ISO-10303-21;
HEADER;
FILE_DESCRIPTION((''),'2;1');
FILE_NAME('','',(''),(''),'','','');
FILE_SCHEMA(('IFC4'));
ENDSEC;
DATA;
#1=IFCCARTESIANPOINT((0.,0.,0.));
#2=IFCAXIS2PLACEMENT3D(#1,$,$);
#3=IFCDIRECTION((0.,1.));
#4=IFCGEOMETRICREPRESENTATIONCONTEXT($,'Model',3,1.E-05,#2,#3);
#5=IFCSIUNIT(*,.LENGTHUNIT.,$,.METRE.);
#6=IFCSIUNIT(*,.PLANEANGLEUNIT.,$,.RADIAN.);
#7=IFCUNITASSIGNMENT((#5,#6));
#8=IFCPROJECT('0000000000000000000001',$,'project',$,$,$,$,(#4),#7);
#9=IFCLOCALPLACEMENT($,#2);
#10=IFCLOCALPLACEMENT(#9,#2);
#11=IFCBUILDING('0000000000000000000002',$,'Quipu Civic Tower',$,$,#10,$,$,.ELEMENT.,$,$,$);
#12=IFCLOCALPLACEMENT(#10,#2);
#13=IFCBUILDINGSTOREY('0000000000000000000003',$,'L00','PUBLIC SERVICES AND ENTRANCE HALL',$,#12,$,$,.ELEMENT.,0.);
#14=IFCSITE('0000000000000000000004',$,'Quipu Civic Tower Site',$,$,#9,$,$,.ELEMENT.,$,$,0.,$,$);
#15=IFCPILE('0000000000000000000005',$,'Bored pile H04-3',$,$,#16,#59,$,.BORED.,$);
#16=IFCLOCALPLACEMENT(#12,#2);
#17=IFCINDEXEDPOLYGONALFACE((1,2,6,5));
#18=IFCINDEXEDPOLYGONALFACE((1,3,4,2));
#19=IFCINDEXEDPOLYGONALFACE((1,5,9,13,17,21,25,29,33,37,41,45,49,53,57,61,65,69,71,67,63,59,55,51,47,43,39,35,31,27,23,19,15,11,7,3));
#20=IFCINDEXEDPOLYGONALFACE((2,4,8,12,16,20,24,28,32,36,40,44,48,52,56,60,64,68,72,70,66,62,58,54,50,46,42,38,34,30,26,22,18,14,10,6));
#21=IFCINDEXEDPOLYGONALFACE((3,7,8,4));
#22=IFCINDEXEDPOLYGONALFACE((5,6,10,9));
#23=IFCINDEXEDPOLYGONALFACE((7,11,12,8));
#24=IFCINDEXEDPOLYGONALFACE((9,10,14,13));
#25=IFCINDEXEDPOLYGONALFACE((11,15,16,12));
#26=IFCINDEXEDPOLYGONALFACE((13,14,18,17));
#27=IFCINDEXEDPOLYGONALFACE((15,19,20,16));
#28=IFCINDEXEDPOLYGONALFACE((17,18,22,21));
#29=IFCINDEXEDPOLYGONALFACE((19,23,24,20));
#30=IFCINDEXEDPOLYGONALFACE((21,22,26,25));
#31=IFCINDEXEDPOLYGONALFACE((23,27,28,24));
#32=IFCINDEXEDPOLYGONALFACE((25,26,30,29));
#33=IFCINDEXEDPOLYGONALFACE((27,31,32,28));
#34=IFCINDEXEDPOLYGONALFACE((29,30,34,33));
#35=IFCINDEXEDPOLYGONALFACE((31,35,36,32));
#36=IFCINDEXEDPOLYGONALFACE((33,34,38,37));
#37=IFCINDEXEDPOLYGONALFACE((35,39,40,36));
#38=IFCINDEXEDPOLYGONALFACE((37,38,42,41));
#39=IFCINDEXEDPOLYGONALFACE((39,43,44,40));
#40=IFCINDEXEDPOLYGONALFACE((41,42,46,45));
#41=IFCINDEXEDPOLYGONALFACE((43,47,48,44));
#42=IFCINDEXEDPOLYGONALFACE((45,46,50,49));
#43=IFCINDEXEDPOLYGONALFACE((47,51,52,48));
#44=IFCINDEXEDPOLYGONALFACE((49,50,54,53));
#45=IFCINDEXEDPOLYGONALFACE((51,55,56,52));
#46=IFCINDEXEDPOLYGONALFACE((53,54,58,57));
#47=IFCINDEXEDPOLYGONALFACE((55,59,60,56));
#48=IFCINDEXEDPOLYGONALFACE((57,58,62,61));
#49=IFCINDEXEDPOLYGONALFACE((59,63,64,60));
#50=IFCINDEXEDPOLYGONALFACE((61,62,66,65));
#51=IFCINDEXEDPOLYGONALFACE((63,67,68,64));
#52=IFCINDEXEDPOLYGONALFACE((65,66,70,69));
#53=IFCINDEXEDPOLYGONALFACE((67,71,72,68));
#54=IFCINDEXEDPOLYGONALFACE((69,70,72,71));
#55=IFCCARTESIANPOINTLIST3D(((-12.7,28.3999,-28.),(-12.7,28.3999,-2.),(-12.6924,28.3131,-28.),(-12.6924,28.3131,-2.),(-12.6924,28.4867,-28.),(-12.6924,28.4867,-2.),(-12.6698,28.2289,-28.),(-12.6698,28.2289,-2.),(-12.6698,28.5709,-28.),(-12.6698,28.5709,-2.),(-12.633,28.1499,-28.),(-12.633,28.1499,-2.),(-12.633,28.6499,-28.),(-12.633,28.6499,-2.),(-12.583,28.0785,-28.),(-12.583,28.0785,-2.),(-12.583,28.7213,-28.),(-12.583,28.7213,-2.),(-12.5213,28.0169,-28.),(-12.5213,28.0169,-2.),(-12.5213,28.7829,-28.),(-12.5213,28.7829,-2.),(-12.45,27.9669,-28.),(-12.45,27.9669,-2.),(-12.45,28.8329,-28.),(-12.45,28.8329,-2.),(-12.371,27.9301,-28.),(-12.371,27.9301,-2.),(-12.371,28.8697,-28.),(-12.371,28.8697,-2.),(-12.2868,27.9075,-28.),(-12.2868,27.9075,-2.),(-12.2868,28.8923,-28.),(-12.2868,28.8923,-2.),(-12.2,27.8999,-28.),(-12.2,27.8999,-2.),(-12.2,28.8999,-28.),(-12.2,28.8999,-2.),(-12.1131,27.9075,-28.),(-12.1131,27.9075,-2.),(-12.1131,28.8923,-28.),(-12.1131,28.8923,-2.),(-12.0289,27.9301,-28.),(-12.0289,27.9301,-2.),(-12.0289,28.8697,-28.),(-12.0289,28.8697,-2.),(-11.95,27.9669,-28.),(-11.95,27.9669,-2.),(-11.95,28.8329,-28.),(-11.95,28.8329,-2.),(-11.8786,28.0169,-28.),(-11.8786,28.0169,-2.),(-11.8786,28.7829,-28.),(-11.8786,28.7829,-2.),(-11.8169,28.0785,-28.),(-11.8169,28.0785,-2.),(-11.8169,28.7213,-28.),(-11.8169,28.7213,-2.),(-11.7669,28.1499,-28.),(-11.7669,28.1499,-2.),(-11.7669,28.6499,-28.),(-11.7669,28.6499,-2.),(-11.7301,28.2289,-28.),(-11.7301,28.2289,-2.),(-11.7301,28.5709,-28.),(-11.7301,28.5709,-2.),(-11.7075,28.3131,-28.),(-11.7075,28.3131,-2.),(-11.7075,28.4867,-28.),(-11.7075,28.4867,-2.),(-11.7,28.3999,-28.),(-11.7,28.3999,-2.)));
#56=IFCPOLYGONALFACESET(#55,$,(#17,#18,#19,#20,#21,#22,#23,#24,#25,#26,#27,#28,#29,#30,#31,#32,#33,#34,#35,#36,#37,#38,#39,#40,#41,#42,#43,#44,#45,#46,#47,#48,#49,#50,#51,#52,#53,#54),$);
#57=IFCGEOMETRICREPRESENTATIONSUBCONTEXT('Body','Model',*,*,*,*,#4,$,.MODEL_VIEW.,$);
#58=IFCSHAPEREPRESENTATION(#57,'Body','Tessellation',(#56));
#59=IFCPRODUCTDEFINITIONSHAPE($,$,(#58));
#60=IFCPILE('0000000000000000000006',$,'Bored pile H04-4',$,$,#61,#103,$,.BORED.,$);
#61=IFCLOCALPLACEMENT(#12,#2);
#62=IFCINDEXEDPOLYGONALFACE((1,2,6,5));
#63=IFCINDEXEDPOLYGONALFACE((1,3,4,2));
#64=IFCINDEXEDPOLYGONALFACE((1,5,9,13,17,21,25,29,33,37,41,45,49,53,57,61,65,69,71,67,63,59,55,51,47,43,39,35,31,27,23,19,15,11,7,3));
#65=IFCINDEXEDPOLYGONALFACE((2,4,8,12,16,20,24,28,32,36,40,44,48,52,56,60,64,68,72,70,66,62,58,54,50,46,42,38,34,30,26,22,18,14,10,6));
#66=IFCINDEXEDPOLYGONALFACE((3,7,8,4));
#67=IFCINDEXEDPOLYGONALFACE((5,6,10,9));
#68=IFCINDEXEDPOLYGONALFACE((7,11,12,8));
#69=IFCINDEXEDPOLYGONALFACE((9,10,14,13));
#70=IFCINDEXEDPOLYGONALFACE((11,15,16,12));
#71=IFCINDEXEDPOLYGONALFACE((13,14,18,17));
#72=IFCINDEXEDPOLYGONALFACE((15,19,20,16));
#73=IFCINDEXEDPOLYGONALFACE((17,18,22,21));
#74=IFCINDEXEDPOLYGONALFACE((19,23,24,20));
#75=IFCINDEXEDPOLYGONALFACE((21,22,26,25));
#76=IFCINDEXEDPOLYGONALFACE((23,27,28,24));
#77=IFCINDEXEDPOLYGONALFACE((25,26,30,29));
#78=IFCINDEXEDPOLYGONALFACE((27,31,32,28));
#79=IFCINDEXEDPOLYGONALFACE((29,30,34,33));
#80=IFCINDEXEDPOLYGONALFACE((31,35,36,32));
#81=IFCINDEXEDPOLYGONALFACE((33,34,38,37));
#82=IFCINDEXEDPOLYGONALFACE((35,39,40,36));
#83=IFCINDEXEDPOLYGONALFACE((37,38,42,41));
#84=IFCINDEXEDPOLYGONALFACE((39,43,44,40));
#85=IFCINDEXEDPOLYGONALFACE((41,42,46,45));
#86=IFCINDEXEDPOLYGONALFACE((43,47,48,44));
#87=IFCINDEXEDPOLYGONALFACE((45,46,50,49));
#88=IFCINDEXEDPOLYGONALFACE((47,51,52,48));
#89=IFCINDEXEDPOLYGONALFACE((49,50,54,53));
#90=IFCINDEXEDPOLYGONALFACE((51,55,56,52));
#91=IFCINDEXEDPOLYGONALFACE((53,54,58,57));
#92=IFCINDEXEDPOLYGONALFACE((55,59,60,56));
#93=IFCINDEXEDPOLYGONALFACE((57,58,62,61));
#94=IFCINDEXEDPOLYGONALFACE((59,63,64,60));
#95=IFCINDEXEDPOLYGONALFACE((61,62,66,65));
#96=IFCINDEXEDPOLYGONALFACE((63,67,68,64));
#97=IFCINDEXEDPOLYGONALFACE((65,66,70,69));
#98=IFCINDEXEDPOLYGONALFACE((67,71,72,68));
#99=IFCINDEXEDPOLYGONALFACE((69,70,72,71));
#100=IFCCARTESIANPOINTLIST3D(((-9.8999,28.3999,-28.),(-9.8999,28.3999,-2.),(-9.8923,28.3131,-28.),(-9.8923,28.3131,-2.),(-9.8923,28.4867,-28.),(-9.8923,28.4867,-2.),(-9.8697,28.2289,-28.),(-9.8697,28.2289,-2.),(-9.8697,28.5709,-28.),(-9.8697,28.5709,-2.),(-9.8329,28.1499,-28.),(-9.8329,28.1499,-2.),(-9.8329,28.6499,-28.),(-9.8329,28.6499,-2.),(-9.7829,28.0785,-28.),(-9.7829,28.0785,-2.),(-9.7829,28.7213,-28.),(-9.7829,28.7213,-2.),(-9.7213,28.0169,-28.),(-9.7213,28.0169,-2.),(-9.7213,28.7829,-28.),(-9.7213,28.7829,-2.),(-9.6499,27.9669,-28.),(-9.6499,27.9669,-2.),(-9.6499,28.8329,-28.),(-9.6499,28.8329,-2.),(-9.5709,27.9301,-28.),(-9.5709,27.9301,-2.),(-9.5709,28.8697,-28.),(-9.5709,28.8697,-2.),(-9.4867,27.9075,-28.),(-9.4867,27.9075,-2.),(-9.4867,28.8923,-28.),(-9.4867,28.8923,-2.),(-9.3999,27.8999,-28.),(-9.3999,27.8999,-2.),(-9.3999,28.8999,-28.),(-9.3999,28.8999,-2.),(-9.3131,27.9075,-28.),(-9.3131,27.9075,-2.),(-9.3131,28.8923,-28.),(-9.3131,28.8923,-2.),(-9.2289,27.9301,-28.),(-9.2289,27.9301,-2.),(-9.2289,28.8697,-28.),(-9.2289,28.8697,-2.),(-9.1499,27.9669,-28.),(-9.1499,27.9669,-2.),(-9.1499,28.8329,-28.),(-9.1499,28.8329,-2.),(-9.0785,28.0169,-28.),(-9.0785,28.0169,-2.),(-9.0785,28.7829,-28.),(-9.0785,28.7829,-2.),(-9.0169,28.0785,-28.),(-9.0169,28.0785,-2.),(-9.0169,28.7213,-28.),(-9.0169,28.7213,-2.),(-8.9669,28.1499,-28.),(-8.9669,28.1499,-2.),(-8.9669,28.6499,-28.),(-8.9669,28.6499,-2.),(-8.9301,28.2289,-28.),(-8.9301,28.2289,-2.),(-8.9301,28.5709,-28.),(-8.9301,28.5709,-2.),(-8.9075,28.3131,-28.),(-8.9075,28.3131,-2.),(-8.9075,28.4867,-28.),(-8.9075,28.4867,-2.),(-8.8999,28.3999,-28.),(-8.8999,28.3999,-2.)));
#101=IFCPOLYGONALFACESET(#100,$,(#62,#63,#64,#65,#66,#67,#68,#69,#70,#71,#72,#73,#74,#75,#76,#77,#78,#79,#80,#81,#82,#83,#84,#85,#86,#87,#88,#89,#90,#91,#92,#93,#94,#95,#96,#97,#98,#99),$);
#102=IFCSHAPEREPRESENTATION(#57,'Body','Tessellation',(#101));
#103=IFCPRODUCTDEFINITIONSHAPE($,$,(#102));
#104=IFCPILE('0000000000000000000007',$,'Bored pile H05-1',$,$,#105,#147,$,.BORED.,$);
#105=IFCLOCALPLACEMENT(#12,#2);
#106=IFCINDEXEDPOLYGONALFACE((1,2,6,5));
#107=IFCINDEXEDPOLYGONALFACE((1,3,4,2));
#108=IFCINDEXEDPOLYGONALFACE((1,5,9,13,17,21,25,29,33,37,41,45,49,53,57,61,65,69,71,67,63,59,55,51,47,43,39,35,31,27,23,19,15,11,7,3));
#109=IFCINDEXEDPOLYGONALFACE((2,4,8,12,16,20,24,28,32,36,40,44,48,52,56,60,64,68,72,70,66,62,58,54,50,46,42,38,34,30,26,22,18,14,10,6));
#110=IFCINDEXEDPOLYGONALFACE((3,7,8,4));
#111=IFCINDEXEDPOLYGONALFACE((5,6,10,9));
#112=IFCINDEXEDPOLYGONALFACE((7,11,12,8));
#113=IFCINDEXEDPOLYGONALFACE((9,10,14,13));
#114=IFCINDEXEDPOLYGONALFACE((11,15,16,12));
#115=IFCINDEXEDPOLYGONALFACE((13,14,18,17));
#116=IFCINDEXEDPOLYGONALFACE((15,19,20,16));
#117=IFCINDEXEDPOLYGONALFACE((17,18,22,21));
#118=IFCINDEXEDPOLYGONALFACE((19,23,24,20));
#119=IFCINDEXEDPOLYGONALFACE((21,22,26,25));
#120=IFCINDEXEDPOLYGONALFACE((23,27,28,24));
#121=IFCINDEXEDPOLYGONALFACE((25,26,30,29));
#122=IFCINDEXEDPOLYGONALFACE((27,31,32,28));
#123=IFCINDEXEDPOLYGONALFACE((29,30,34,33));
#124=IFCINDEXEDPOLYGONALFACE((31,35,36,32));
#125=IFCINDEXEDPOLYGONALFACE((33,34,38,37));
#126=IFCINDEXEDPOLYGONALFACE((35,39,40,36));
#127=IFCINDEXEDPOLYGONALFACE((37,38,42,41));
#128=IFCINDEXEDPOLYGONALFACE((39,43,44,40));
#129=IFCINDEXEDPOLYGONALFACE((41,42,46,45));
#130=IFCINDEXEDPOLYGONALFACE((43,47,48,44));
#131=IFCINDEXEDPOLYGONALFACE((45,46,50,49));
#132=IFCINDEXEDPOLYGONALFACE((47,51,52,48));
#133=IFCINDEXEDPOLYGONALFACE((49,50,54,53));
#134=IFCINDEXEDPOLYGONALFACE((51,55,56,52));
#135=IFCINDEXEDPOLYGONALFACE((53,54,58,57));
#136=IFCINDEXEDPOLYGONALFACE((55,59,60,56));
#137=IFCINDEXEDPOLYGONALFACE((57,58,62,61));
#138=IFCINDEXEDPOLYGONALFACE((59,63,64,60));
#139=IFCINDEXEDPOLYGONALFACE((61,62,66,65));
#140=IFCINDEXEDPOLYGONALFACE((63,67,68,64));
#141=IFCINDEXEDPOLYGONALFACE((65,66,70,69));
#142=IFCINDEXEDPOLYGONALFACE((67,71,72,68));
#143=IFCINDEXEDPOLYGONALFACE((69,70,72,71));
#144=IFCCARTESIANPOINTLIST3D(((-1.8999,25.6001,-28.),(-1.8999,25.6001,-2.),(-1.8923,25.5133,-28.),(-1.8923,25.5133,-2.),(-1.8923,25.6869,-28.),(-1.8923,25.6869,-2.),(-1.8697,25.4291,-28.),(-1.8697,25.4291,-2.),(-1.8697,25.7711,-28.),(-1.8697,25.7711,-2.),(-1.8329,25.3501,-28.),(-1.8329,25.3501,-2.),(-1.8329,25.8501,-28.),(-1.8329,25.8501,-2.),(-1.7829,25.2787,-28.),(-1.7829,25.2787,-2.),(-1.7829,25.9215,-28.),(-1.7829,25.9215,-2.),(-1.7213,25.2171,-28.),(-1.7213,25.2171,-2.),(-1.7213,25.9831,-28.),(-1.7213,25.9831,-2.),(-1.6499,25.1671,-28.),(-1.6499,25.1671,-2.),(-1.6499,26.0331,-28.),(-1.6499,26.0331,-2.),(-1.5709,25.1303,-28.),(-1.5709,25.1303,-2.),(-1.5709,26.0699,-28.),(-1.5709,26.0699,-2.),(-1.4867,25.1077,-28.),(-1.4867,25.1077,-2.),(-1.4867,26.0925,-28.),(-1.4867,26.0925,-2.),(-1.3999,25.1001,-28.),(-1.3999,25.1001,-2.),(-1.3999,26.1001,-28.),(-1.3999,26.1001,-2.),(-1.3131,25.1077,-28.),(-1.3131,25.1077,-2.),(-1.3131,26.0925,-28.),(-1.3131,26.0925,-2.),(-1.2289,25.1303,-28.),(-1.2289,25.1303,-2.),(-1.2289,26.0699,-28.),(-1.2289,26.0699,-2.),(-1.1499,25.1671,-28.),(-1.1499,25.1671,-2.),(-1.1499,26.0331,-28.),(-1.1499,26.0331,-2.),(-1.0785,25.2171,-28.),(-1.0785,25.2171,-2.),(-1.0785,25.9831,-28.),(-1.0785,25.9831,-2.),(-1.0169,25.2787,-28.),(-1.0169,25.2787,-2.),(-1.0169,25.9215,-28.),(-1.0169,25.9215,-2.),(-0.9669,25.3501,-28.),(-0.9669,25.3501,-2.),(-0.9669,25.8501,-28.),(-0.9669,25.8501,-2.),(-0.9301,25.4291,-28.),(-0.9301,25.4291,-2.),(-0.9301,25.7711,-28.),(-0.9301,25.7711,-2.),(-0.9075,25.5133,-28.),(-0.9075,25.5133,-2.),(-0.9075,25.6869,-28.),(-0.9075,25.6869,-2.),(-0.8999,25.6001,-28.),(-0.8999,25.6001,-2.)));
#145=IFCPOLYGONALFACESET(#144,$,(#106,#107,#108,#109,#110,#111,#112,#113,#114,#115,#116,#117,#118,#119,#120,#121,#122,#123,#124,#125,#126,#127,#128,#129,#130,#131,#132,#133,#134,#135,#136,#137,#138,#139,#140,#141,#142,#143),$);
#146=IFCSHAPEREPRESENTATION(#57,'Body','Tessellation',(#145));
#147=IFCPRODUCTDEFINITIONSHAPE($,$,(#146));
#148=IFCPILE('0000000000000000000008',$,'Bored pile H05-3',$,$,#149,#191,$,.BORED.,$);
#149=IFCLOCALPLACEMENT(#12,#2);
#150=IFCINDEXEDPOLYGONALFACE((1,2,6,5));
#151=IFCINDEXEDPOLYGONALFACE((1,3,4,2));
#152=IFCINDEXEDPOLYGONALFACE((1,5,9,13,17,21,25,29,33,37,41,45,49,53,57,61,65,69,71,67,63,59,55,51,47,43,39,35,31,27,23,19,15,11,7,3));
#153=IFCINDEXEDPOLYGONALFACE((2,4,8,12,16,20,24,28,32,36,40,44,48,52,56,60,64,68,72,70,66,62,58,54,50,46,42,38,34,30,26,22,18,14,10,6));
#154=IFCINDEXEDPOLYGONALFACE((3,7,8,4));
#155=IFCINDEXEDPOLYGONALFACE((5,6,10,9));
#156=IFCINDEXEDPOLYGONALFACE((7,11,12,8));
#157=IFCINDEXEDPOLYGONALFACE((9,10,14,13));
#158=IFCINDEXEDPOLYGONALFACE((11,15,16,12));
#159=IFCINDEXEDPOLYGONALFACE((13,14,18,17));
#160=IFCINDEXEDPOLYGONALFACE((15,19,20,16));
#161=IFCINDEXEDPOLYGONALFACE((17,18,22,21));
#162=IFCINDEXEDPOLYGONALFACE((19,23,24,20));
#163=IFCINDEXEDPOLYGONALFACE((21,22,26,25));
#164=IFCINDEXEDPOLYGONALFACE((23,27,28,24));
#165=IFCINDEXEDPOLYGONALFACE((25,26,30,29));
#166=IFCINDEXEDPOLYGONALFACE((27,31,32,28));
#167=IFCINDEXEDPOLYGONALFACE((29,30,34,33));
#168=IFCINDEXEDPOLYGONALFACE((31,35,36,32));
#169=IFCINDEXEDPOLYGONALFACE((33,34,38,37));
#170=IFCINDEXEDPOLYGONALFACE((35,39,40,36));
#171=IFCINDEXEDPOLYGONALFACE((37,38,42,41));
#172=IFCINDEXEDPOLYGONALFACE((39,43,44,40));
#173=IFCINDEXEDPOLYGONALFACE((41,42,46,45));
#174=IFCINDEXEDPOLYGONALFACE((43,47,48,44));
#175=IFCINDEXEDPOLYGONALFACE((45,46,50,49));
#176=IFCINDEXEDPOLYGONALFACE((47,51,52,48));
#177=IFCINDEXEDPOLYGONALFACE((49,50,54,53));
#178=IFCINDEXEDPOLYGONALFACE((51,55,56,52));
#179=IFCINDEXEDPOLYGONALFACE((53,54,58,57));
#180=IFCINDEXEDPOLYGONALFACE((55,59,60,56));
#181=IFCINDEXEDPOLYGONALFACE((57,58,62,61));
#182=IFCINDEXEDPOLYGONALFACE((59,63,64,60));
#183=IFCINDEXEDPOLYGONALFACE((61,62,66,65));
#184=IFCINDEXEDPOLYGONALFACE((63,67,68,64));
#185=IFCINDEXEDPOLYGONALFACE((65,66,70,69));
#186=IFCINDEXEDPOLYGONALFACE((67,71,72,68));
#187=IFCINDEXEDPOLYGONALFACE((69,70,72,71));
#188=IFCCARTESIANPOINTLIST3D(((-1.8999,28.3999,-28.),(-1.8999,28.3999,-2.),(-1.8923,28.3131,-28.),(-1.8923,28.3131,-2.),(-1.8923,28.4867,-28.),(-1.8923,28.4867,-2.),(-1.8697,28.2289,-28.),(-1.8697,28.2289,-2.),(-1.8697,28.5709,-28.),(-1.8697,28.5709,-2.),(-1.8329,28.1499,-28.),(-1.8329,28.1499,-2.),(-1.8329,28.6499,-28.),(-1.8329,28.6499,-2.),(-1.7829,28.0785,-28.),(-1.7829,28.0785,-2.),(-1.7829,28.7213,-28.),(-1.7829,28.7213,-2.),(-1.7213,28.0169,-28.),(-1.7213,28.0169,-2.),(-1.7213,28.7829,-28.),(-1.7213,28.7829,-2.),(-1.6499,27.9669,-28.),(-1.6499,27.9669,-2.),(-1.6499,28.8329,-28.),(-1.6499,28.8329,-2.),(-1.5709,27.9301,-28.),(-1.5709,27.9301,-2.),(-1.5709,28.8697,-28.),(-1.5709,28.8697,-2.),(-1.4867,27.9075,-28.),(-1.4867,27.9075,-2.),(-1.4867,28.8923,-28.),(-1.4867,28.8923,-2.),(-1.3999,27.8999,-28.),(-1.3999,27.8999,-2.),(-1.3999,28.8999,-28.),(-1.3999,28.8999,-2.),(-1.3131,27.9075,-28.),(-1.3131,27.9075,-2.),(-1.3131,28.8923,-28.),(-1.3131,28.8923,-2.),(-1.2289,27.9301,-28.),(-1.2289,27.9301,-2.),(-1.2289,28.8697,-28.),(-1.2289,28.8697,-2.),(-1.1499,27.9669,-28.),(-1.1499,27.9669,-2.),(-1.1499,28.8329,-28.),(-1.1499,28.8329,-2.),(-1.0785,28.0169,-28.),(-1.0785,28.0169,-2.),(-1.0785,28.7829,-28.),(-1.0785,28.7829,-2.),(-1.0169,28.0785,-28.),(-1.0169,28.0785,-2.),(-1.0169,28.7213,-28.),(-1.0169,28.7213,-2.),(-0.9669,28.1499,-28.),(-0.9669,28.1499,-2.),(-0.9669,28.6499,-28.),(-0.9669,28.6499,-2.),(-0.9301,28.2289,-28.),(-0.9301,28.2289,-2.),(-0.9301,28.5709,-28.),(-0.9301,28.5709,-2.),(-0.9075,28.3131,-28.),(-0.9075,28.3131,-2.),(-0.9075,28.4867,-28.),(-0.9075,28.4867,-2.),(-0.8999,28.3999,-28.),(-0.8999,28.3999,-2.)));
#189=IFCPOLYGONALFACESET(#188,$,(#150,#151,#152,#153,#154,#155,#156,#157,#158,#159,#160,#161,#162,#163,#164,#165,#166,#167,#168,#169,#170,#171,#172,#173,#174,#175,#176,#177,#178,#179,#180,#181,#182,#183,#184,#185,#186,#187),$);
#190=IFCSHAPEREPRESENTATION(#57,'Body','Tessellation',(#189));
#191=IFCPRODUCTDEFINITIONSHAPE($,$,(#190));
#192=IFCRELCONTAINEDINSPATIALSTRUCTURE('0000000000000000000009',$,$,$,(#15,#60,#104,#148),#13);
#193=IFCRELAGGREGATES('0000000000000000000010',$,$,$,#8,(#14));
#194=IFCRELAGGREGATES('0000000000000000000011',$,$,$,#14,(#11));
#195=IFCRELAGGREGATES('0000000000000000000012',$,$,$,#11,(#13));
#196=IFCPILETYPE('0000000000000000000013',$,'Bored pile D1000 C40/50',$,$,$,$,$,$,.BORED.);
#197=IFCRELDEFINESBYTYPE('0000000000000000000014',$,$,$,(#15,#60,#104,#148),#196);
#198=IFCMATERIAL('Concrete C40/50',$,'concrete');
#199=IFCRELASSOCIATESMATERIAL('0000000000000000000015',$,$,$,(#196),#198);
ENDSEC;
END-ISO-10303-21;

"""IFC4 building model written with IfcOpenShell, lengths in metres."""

from ifc_helpers import new_model, si_unit, direction, frame, origin, origin_2d, place, context, subcontext, project, spatial, circle, extrude, material, material_profile, profile_set, type_object, element, save


model = new_model("IFC4")

# Units and contexts
model_context = context("Model", 3, precision=1e-05, world=origin(), true_north=direction((0.0, 1.0)))
body_context = subcontext(model_context, "Body", "Model", "MODEL_VIEW")
ifc_project = project(units=[si_unit("LENGTHUNIT", "METRE"), si_unit("PLANEANGLEUNIT", "RADIAN")], contexts=[model_context])

# Site, building, storey
site_placement = place(None, origin())
site = spatial("IfcSite", under=ifc_project, at=site_placement, Name="Quipu Civic Tower Site", CompositionType="ELEMENT", RefElevation=0.0)
building_placement = place(site_placement, origin())
building = spatial("IfcBuilding", under=site, at=building_placement, Name="Quipu Civic Tower", CompositionType="ELEMENT")
storey_placement = place(building_placement, origin())
storey = spatial("IfcBuildingStorey", under=building, at=storey_placement, Name="L00", Description="PUBLIC SERVICES AND ENTRANCE HALL", CompositionType="ELEMENT", Elevation=0.0)

# Piles
ifc_material_1 = material(Name="Concrete C40/50", Category="concrete")
ifc_material_profile_1 = material_profile(ifc_material_1, circle(Radius=0.5, at=origin_2d()), Name="RCD1000")
ifc_profile_set_1 = profile_set([ifc_material_profile_1], Name="Concrete C40/50")
pile_type_1 = type_object("IfcPileType", Name="Bored pile D1000 C40/50", PredefinedType="BORED", material=ifc_profile_set_1)
for number, where, z_axis, x_axis, name in (
    (1, (-12.2, 28.3999, -2.0), (0.0, 0.0, -1.0), (1.0, 0.0, 0.0), "Bored pile H04-3"),
    (2, (-9.3999, 28.3999, -2.0), (0.0, 0.0, -1.0), (1.0, 0.0, 0.0), "Bored pile H04-4"),
    (3, (-1.3999, 25.6001, -2.0), (0.0, 0.0, -1.0), (1.0, 0.0, 0.0), "Bored pile H05-1"),
    (4, (-1.3999, 28.3999, -2.0), (0.0, 0.0, -1.0), (1.0, 0.0, 0.0), "Bored pile H05-3"),
):
    element("IfcPile", number, at=place(storey_placement, frame(where, z_axis=z_axis, x_axis=x_axis)), inside=storey, type_object=pile_type_1, Name=name, PredefinedType="BORED", context=body_context, shape_type="SweptSolid", body=[
        extrude(circle(Radius=0.5, at=origin_2d()), origin(), (0.0, 0.0, 1.0), 26.0),
    ])

save(model, "model.ifc")
